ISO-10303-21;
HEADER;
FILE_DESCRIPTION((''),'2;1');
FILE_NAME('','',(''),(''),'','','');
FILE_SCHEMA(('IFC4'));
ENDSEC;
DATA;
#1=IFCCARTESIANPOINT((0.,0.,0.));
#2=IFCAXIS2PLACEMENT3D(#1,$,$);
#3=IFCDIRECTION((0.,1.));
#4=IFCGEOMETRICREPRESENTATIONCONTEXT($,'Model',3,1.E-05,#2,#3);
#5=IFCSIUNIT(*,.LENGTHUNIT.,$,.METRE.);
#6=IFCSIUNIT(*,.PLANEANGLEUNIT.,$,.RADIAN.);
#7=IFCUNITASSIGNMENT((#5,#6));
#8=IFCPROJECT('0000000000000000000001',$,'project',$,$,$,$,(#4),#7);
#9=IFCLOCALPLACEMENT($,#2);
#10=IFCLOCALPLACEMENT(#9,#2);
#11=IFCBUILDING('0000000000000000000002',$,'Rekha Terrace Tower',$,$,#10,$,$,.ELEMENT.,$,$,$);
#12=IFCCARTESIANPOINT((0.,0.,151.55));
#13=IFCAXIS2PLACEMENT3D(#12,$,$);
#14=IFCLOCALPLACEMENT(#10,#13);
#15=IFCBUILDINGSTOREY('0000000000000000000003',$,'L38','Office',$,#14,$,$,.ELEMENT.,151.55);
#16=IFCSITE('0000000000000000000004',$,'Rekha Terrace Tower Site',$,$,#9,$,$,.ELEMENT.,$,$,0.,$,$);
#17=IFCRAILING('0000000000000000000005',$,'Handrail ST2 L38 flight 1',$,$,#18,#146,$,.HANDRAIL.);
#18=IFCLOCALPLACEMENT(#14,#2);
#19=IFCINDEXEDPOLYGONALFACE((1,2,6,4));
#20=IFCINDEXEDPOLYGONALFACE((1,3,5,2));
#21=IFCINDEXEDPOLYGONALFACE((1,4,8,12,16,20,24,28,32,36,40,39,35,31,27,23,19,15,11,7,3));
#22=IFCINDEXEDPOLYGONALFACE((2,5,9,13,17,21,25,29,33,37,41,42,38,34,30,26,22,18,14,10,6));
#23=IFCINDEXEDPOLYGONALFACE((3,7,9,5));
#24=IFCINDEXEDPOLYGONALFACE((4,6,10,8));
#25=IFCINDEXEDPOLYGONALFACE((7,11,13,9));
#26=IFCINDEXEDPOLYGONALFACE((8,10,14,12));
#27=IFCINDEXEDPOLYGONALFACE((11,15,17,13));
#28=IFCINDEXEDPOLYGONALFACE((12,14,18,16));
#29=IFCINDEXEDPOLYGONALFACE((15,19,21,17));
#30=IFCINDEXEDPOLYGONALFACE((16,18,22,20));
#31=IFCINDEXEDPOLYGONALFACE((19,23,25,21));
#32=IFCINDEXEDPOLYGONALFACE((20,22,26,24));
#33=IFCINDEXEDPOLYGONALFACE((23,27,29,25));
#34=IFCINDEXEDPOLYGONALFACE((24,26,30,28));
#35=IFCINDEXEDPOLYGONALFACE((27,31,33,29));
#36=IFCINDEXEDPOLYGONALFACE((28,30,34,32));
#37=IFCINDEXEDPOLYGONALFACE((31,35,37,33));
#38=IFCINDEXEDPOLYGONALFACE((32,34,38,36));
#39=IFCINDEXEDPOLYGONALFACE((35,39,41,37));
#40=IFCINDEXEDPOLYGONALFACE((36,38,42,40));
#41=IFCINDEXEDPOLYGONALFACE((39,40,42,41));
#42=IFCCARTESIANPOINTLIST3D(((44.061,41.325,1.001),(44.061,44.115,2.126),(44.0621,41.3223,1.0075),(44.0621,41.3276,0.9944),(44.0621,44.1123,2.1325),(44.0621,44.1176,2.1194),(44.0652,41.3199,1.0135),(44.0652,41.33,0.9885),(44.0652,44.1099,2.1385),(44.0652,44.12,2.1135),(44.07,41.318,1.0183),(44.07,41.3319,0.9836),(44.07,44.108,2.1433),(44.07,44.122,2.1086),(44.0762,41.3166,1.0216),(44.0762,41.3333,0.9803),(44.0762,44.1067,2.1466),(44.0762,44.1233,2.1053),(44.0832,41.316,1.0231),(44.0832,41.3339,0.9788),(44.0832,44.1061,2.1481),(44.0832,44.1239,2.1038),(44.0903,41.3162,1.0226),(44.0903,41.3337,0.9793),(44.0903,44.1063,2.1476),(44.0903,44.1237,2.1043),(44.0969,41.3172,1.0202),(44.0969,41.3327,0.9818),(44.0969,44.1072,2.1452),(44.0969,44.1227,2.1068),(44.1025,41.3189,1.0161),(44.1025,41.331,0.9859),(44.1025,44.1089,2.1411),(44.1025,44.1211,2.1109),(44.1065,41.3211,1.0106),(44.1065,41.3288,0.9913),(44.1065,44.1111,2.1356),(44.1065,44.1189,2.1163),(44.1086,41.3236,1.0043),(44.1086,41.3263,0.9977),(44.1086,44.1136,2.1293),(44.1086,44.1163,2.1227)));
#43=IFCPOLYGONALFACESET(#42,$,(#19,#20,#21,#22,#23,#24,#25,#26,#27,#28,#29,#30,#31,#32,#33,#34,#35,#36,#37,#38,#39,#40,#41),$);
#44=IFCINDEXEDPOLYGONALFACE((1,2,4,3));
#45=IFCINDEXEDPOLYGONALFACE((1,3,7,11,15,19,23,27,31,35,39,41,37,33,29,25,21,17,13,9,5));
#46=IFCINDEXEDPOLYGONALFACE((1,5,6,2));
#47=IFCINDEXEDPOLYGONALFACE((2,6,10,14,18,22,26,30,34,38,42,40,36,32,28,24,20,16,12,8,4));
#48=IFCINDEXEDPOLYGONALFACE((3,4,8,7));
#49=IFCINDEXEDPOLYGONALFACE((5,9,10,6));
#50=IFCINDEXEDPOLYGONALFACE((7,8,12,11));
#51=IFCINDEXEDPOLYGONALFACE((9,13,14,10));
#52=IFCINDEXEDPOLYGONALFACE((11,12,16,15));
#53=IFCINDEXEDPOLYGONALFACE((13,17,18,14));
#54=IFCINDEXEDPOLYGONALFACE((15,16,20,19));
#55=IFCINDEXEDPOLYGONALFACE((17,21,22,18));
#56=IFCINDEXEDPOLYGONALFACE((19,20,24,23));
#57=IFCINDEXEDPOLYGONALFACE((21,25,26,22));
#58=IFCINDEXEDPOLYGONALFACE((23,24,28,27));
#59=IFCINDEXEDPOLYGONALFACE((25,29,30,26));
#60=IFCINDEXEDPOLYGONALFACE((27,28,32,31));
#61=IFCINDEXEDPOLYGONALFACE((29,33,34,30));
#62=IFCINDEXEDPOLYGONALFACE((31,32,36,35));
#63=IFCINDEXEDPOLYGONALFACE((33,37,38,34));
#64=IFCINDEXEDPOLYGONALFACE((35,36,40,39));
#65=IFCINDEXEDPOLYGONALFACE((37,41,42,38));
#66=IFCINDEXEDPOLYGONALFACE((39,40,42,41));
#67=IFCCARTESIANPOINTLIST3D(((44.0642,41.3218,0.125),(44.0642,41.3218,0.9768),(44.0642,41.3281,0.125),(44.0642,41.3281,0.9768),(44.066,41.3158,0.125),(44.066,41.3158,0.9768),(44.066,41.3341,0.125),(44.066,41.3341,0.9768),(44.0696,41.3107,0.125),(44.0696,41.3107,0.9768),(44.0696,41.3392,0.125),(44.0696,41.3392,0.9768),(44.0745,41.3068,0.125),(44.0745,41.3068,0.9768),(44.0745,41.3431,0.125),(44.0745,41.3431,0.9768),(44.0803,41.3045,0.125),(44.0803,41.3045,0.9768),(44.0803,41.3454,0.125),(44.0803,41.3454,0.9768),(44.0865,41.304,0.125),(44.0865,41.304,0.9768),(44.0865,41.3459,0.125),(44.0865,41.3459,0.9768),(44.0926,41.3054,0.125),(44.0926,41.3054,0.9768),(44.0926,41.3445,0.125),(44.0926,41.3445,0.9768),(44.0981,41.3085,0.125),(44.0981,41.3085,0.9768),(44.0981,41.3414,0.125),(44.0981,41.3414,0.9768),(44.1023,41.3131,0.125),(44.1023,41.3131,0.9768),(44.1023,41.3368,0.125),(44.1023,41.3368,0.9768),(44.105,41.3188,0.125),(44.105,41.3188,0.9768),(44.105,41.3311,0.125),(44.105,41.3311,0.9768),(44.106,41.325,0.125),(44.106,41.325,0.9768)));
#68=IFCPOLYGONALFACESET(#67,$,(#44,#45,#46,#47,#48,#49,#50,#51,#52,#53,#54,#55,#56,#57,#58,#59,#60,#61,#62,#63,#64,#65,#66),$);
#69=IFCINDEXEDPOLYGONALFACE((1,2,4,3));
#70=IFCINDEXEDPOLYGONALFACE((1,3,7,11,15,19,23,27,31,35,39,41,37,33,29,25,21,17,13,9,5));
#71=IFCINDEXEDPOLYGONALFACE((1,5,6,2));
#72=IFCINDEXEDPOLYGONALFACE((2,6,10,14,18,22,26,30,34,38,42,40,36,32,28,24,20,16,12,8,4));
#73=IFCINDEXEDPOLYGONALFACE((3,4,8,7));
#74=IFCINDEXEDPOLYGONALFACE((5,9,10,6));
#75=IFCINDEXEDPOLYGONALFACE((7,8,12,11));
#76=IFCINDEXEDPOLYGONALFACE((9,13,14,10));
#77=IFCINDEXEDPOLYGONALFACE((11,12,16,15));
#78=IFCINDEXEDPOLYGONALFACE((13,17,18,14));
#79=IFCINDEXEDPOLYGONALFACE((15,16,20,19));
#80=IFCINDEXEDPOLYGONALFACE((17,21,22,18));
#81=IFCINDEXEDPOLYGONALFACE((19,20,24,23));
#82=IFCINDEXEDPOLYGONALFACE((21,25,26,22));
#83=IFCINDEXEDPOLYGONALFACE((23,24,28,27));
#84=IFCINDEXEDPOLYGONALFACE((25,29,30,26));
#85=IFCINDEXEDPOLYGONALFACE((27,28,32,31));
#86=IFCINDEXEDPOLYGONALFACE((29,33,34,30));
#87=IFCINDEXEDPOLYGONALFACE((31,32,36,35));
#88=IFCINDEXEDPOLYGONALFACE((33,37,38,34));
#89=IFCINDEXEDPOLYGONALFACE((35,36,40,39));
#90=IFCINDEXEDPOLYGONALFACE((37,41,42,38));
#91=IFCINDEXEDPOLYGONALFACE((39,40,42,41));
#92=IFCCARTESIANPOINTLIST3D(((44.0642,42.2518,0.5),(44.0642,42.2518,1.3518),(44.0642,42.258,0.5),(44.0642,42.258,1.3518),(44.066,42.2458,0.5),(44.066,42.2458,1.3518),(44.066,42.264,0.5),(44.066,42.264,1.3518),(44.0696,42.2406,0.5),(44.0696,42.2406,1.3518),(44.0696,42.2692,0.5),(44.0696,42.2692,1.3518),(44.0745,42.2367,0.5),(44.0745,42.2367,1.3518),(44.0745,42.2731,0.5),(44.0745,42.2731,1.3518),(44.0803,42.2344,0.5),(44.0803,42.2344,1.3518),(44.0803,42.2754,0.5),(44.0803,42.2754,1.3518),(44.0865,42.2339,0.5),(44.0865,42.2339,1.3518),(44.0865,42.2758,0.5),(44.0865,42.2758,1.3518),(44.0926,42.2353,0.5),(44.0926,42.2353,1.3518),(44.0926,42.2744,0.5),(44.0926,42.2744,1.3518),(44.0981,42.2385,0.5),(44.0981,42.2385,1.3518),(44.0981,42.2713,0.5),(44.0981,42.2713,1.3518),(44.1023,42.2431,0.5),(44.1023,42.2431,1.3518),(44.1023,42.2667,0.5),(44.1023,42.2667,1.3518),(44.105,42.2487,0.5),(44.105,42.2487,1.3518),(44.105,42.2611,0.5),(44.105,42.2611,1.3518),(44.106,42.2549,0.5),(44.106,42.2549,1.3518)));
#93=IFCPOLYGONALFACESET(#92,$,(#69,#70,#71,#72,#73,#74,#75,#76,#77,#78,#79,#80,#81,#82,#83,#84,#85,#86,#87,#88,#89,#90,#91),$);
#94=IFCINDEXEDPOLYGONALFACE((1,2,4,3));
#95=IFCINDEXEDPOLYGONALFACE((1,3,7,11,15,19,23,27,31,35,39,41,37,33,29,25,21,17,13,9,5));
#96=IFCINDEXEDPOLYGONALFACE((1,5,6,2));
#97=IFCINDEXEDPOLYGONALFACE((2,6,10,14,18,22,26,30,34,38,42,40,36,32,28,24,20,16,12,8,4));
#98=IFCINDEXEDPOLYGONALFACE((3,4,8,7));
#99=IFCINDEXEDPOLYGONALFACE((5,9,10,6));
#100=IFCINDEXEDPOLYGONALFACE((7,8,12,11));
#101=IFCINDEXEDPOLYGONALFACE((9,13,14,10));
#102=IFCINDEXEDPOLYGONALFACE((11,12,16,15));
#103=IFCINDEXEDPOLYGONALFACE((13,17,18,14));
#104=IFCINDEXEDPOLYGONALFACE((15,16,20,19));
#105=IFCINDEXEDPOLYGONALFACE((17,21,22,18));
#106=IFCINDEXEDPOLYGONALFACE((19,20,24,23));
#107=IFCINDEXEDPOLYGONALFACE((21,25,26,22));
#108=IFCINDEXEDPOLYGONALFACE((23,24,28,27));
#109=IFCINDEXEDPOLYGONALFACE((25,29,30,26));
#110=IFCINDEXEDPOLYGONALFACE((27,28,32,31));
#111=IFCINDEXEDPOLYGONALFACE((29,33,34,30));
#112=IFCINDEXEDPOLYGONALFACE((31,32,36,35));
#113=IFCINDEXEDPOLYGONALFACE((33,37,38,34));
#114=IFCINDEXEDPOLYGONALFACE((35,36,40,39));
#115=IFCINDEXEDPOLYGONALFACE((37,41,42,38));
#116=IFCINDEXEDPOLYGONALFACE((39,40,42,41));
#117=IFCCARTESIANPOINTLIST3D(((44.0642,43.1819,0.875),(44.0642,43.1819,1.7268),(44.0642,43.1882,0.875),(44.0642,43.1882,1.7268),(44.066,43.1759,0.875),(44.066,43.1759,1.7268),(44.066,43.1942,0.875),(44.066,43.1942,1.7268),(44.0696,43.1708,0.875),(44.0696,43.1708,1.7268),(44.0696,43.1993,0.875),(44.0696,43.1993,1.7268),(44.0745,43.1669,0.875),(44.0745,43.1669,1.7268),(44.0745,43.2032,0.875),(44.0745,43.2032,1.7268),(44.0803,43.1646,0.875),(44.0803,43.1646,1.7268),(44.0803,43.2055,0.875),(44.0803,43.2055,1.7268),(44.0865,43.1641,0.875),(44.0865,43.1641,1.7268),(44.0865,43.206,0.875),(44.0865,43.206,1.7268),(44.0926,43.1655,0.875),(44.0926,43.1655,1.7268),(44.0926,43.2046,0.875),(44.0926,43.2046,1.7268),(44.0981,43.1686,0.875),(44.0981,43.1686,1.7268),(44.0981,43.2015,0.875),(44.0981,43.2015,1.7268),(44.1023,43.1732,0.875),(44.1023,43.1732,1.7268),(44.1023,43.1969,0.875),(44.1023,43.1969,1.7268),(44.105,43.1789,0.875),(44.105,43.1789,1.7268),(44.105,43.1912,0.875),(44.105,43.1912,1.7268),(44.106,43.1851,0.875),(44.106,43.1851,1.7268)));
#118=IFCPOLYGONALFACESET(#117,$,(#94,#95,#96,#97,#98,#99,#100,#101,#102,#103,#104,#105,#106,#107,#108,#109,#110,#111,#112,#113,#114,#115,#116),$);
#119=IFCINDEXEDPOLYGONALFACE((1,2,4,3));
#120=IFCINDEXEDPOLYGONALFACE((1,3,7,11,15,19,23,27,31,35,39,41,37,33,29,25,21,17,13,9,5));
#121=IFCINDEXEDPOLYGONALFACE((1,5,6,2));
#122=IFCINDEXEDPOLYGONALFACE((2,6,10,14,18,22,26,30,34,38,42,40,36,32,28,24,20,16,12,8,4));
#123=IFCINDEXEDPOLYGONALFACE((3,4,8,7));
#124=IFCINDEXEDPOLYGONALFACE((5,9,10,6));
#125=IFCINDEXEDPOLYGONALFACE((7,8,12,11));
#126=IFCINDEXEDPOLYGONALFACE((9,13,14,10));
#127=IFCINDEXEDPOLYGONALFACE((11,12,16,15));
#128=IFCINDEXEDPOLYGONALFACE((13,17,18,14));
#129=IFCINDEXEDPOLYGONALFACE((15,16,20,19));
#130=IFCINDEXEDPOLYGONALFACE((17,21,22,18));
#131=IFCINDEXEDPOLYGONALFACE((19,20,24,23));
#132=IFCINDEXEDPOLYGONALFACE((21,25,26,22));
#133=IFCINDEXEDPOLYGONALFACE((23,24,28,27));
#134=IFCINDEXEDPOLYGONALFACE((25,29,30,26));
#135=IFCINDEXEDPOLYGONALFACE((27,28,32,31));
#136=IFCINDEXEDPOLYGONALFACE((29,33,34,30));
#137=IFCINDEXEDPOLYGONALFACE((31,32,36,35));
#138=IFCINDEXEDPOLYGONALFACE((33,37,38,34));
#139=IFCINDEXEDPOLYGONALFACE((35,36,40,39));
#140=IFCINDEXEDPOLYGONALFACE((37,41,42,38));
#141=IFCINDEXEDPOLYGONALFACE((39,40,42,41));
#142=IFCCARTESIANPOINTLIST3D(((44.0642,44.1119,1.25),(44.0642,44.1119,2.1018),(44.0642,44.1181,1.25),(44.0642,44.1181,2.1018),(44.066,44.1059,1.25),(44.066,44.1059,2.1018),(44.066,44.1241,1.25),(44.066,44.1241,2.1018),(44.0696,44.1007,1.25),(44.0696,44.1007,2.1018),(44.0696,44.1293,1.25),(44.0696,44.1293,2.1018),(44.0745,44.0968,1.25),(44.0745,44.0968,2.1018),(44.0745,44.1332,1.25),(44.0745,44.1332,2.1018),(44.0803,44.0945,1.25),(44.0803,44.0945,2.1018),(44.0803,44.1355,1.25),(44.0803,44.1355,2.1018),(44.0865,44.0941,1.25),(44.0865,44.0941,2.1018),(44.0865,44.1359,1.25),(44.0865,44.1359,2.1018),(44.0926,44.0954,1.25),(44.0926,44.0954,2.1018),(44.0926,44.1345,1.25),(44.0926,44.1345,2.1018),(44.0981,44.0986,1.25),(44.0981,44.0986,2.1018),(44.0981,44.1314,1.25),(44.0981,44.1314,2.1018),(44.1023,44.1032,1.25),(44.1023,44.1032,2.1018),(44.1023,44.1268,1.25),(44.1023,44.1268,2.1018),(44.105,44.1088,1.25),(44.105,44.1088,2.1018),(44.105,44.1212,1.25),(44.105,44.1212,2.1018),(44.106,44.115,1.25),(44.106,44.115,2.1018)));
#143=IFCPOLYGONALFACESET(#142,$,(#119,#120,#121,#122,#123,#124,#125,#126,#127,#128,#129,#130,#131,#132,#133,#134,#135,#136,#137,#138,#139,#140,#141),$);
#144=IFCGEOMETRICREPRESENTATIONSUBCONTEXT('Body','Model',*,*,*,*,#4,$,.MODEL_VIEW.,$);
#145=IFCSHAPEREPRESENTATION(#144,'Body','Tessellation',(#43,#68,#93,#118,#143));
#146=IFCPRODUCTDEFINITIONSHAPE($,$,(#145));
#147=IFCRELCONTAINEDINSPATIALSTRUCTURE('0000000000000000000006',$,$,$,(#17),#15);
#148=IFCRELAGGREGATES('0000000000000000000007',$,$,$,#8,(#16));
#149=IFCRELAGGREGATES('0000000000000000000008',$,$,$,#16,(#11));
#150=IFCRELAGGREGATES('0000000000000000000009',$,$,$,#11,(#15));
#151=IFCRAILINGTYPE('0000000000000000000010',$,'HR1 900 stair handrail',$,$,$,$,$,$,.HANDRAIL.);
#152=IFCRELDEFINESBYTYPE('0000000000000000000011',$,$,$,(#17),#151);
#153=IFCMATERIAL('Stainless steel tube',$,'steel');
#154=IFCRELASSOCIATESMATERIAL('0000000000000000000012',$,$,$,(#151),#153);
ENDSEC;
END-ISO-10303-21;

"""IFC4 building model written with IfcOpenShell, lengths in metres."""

from ifc_helpers import new_model, si_unit, direction, frame, origin, origin_2d, place, context, subcontext, project, spatial, circle, extrude, material, type_object, element, save


model = new_model("IFC4")

# Units and contexts
model_context = context("Model", 3, precision=1e-05, world=origin(), true_north=direction((0.0, 1.0)))
body_context = subcontext(model_context, "Body", "Model", "MODEL_VIEW")
ifc_project = project(units=[si_unit("LENGTHUNIT", "METRE"), si_unit("PLANEANGLEUNIT", "RADIAN")], contexts=[model_context])

# Site, building, storey
site_placement = place(None, origin())
site = spatial("IfcSite", under=ifc_project, at=site_placement, Name="Rekha Terrace Tower Site", CompositionType="ELEMENT", RefElevation=0.0)
building_placement = place(site_placement, origin())
building = spatial("IfcBuilding", under=site, at=building_placement, Name="Rekha Terrace Tower", CompositionType="ELEMENT")
storey_placement = place(building_placement, frame((0.0, 0.0, 151.55)))
storey = spatial("IfcBuildingStorey", under=building, at=storey_placement, Name="L38", Description="Office", CompositionType="ELEMENT", Elevation=151.55)

# Railing
ifc_material_1 = material(Name="Stainless steel tube", Category="steel")
railing_type_1 = type_object("IfcRailingType", Name="HR1 900 stair handrail", PredefinedType="HANDRAIL", material=ifc_material_1)
railing_1_placement = place(storey_placement, frame((44.085, 41.325, 0.125)))
element("IfcRailing", 1, at=railing_1_placement, inside=storey, type_object=railing_type_1, Name="Handrail ST2 L38 flight 1", PredefinedType="HANDRAIL", context=body_context, shape_type="SweptSolid", body=[
    extrude(circle(Radius=0.0239, at=origin_2d()), frame((0.0, 0.0, 0.876), z_axis=(0.0, 0.927443, 0.373964), x_axis=(-1.0, 0.0, 0.0)), (0.0, 0.0, 1.0), 3.0083),
    extrude(circle(Radius=0.021, at=origin_2d()), origin(), (0.0, 0.0, 1.0), 0.8518),
    extrude(circle(Radius=0.021, at=origin_2d()), frame((0.0, 0.9299, 0.375)), (0.0, 0.0, 1.0), 0.8518),
    extrude(circle(Radius=0.021, at=origin_2d()), frame((0.0, 1.8601, 0.75)), (0.0, 0.0, 1.0), 0.8518),
    extrude(circle(Radius=0.021, at=origin_2d()), frame((0.0, 2.79, 1.125)), (0.0, 0.0, 1.0), 0.8518),
])

save(model, "model.ifc")
